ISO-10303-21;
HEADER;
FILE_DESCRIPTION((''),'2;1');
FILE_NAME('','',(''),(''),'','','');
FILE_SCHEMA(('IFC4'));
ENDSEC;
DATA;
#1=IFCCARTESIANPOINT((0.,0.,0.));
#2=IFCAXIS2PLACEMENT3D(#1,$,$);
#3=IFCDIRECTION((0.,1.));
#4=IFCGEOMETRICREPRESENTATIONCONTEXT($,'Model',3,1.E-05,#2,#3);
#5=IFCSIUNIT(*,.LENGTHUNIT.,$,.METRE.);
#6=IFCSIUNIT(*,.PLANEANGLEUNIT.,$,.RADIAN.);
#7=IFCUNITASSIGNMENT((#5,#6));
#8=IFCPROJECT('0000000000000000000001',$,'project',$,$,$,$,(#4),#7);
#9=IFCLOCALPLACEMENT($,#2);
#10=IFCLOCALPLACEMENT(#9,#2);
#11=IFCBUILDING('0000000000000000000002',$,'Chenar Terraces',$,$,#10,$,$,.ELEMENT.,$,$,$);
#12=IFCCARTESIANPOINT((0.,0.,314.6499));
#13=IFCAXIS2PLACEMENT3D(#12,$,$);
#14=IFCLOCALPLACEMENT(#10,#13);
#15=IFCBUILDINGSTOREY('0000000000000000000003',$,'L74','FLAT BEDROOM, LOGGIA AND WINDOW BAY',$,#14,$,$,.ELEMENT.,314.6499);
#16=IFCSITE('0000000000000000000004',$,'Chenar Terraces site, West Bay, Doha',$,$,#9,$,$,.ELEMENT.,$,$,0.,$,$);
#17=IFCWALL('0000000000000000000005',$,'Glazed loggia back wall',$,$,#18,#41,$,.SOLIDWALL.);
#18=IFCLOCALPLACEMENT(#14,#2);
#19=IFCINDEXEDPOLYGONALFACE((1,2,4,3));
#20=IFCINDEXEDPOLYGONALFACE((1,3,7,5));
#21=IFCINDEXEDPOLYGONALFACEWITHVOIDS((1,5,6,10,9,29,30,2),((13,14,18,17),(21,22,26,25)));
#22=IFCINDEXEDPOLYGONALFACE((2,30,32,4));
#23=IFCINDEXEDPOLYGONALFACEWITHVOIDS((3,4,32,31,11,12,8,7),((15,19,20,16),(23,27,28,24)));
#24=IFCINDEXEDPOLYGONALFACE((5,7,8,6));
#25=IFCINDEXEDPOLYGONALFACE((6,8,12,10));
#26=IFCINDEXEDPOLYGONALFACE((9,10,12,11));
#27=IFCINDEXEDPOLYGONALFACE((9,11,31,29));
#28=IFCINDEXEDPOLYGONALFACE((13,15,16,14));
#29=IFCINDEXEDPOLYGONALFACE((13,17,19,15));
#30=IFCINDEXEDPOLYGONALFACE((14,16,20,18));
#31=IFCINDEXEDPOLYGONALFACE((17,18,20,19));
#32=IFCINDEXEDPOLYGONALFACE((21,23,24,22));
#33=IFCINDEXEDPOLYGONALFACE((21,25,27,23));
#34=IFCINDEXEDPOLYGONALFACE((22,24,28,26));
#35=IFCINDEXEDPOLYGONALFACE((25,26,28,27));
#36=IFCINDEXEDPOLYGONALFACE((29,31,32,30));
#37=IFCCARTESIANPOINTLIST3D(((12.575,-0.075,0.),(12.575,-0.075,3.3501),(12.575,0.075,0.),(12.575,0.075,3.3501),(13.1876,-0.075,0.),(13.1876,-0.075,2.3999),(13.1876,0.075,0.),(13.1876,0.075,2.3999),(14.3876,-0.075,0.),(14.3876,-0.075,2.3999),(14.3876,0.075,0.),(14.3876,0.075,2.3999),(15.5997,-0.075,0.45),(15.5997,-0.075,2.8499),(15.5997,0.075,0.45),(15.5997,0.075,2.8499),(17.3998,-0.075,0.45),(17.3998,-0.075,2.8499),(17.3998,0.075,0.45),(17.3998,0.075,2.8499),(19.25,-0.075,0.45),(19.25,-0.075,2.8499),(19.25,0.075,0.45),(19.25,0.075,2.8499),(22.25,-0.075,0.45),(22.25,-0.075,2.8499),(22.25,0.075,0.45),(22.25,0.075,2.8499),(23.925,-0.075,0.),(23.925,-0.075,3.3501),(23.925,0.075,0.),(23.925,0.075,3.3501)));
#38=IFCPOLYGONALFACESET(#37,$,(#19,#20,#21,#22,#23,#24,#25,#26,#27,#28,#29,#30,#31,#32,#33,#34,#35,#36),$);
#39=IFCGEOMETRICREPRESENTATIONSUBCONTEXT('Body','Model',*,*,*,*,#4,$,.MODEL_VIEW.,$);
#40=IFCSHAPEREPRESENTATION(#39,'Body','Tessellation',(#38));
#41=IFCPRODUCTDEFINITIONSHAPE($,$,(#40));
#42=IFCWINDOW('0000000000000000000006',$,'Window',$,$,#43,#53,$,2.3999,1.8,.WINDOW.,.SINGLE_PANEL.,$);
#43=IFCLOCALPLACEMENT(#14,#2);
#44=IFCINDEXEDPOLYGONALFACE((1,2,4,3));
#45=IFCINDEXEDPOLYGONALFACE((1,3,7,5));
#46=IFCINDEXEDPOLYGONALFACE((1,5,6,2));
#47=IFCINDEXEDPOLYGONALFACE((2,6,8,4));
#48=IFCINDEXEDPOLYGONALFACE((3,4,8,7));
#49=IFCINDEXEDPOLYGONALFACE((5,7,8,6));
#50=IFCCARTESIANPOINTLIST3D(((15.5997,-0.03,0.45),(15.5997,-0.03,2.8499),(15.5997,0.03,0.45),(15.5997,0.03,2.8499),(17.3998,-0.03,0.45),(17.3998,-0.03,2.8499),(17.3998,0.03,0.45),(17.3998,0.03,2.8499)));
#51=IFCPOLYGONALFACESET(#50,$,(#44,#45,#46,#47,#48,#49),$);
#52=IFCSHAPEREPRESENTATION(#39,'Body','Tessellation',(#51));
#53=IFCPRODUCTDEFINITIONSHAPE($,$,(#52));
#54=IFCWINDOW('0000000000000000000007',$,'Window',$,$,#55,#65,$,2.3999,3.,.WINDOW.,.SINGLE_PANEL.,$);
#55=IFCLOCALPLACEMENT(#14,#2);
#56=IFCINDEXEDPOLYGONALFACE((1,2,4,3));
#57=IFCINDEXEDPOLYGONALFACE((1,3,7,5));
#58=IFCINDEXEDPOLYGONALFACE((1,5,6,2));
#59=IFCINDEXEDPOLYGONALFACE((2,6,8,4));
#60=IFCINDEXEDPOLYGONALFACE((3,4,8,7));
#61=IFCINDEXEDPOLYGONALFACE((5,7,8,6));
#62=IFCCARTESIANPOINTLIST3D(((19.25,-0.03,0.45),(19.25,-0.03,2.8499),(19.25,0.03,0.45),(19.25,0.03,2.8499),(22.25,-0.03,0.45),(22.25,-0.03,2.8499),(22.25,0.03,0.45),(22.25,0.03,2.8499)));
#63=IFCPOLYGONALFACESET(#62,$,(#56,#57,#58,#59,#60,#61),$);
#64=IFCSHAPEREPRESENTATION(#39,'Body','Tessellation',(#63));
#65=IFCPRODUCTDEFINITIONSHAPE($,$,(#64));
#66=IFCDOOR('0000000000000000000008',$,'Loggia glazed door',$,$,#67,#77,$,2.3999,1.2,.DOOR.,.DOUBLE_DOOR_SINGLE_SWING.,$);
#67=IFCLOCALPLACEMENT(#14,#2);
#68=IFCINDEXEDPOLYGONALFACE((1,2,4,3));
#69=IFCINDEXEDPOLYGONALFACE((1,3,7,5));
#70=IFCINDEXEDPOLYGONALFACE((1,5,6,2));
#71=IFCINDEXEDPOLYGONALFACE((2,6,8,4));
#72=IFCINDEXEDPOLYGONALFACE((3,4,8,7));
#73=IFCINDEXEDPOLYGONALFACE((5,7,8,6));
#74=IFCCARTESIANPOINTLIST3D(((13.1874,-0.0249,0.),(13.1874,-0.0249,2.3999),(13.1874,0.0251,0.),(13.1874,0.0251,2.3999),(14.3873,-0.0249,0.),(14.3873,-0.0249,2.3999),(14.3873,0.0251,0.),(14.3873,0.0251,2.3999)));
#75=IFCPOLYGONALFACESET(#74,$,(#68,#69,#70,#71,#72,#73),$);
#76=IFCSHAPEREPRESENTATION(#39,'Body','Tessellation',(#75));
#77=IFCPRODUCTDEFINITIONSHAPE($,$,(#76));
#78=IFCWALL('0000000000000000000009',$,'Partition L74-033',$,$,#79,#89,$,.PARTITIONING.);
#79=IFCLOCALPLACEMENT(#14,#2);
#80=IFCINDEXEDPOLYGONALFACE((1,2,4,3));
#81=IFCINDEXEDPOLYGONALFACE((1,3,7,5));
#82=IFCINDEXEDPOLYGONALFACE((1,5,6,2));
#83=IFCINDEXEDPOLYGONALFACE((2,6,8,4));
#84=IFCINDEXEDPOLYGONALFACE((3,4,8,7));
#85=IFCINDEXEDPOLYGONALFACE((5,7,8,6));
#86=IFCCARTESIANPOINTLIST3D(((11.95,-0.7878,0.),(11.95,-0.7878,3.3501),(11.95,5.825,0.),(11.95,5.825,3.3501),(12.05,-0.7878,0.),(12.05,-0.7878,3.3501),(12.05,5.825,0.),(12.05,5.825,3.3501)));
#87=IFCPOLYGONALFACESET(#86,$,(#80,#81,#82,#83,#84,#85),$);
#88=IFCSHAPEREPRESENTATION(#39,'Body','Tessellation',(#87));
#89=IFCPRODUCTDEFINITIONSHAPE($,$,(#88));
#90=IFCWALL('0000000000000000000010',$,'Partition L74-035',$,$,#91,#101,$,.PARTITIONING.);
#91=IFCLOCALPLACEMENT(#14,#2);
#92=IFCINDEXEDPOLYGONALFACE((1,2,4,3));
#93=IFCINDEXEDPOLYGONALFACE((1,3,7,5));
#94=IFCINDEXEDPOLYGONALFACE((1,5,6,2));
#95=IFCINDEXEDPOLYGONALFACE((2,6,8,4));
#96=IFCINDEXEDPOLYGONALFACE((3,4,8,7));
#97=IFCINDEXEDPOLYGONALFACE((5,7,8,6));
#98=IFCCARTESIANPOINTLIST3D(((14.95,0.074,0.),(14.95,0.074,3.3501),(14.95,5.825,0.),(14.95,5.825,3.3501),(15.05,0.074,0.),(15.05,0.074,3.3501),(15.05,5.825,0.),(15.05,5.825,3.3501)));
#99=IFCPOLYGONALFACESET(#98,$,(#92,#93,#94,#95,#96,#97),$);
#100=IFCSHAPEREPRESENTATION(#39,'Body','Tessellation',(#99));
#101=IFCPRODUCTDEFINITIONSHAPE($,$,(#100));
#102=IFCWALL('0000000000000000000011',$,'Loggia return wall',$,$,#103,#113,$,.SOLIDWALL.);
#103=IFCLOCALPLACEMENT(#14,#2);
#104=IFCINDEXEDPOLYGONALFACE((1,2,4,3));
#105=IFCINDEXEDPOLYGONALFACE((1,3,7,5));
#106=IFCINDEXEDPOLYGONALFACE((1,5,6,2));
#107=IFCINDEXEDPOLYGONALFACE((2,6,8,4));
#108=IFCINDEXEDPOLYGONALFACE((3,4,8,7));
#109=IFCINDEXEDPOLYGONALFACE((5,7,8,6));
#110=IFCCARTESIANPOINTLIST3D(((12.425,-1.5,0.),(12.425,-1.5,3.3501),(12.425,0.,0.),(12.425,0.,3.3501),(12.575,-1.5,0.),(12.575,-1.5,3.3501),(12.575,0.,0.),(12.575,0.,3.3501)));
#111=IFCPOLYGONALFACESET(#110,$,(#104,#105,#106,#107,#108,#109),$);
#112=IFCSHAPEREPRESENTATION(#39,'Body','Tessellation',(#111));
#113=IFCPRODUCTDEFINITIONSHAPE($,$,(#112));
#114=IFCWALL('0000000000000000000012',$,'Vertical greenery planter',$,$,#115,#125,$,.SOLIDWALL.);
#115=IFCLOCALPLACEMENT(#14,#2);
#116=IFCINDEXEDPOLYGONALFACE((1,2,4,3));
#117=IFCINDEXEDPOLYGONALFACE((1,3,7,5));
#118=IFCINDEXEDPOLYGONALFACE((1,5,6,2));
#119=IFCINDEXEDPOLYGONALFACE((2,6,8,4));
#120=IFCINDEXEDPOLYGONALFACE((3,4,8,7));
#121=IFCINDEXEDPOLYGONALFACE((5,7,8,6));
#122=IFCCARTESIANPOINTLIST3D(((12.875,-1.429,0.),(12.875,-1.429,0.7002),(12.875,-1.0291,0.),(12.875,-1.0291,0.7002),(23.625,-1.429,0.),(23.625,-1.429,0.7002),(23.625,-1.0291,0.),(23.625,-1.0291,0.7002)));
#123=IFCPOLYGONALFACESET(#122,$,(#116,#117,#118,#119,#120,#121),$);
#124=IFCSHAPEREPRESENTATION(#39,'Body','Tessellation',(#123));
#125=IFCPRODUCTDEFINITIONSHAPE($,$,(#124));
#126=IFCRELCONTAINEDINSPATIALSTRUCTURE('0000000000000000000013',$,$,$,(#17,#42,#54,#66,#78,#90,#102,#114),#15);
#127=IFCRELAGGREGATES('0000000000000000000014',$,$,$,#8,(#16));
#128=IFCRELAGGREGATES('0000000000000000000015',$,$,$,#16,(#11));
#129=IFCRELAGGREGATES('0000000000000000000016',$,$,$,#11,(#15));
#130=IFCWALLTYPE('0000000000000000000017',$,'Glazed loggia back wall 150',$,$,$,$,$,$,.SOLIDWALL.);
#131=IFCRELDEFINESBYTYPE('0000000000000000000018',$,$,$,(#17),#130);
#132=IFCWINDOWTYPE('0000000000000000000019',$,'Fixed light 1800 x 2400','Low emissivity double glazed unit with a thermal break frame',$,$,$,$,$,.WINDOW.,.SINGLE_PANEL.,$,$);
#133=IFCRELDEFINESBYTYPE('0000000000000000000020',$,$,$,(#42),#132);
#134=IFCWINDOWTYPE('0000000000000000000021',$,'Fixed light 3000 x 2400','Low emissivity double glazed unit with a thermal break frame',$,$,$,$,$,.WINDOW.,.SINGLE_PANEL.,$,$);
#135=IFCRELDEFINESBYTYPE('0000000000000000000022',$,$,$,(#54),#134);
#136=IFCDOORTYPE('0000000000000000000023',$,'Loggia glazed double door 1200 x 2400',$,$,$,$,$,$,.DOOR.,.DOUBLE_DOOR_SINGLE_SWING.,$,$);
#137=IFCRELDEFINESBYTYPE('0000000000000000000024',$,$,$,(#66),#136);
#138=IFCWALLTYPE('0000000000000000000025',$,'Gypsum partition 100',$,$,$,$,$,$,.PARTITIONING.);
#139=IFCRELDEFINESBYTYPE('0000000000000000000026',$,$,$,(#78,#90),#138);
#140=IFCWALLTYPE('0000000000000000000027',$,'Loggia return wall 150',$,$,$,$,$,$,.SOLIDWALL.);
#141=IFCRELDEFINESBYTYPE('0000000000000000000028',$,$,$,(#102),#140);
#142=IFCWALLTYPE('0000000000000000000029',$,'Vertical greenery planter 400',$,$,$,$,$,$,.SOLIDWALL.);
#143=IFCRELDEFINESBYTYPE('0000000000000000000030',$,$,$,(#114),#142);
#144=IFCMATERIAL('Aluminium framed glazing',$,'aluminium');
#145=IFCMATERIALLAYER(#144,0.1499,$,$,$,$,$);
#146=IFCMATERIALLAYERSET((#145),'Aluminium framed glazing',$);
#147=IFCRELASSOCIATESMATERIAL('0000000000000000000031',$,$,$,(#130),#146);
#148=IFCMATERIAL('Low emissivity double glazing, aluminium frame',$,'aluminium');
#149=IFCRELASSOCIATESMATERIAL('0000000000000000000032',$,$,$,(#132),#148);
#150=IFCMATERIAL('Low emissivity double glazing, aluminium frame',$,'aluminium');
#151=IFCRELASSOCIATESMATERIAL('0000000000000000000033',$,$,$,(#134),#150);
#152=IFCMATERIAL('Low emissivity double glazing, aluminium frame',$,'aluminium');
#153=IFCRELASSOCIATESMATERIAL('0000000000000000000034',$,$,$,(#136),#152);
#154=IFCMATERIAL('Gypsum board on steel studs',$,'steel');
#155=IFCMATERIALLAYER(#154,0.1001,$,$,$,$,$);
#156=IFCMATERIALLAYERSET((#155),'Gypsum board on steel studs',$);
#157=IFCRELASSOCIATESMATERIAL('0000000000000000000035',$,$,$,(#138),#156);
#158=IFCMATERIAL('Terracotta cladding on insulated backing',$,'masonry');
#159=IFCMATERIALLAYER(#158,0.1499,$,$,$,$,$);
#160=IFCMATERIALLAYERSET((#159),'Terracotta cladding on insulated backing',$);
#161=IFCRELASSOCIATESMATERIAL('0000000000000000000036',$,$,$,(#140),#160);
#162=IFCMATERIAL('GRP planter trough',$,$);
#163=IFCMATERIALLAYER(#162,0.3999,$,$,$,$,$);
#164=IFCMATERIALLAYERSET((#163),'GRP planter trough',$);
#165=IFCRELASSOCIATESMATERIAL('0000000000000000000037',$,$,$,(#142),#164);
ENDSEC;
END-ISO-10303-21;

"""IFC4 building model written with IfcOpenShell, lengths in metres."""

from ifc_helpers import new_model, si_unit, direction, frame, frame_2d, origin, place, context, subcontext, project, spatial, rectangle, extrude, material, layer, layer_set, type_object, element, fill, save


model = new_model("IFC4")

# Units and contexts
model_context = context("Model", 3, precision=1e-05, world=origin(), true_north=direction((0.0, 1.0)))
body_context = subcontext(model_context, "Body", "Model", "MODEL_VIEW")
ifc_project = project(units=[si_unit("LENGTHUNIT", "METRE"), si_unit("PLANEANGLEUNIT", "RADIAN")], contexts=[model_context])

# Site, building, storey
site_placement = place(None, origin())
site = spatial("IfcSite", under=ifc_project, at=site_placement, Name="Chenar Terraces site, West Bay, Doha", CompositionType="ELEMENT", RefElevation=0.0)
building_placement = place(site_placement, origin())
building = spatial("IfcBuilding", under=site, at=building_placement, Name="Chenar Terraces", CompositionType="ELEMENT")
storey_placement = place(building_placement, frame((0.0, 0.0, 314.6499)))
storey = spatial("IfcBuildingStorey", under=building, at=storey_placement, Name="L74", Description="FLAT BEDROOM, LOGGIA AND WINDOW BAY", CompositionType="ELEMENT", Elevation=314.6499)

# Wall, openings, windows, door
ifc_material_1 = material(Name="Aluminium framed glazing", Category="aluminium")
ifc_layer_1 = layer(ifc_material_1, 0.1499)
ifc_layer_set_1 = layer_set([ifc_layer_1], Name="Aluminium framed glazing")
wall_type_1 = type_object("IfcWallType", Name="Glazed loggia back wall 150", PredefinedType="SOLIDWALL", material=ifc_layer_set_1)
wall_1_placement = place(storey_placement, frame((12.575, 0.0, 0.0), z_axis=(0.0, 0.0, 1.0), x_axis=(1.0, 0.0, 0.0)))
wall_1 = element("IfcWall", 1, at=wall_1_placement, inside=storey, type_object=wall_type_1, Name="Glazed loggia back wall", PredefinedType="SOLIDWALL", context=body_context, shape_type="SweptSolid", body=[
    extrude(rectangle(XDim=11.3501, YDim=0.1499, at=frame_2d((5.675, 0.0))), origin(), (0.0, 0.0, 1.0), 3.3501),
])
opening_1_placement = place(wall_1_placement, frame((0.6125, 0.0, 0.0)))
opening_1 = element("IfcOpeningElement", 2, at=opening_1_placement, cuts=wall_1, PredefinedType="OPENING", context=body_context, shape_type="SweptSolid", body=[
    extrude(rectangle(XDim=1.2, YDim=2.3999, at=frame_2d((0.6001, 1.2))), frame((0.0, 0.085, 0.0), z_axis=(0.0, -1.0, 0.0), x_axis=(1.0, 0.0, 0.0)), (0.0, 0.0, 1.0), 0.1699),
])
opening_2_placement = place(wall_1_placement, frame((3.0249, 0.0, 0.45)))
opening_2 = element("IfcOpeningElement", 3, at=opening_2_placement, cuts=wall_1, PredefinedType="OPENING", context=body_context, shape_type="SweptSolid", body=[
    extrude(rectangle(XDim=1.8, YDim=2.3999, at=frame_2d((0.8999, 1.2))), frame((0.0, 0.085, 0.0), z_axis=(0.0, -1.0, 0.0), x_axis=(1.0, 0.0, 0.0)), (0.0, 0.0, 1.0), 0.1699),
])
opening_3_placement = place(wall_1_placement, frame((6.675, 0.0, 0.45)))
opening_3 = element("IfcOpeningElement", 4, at=opening_3_placement, cuts=wall_1, PredefinedType="OPENING", context=body_context, shape_type="SweptSolid", body=[
    extrude(rectangle(XDim=3.0, YDim=2.3999, at=frame_2d((1.5, 1.2))), frame((0.0, 0.085, 0.0), z_axis=(0.0, -1.0, 0.0), x_axis=(1.0, 0.0, 0.0)), (0.0, 0.0, 1.0), 0.1699),
])
ifc_material_2 = material(Name="Low emissivity double glazing, aluminium frame", Category="aluminium")
window_type_1 = type_object("IfcWindowType", Name="Fixed light 1800 x 2400", Description="Low emissivity double glazed unit with a thermal break frame", PartitioningType="SINGLE_PANEL", PredefinedType="WINDOW", material=ifc_material_2)
window_1_placement = place(opening_2_placement, origin())
window_1 = element("IfcWindow", 5, at=window_1_placement, inside=storey, type_object=window_type_1, Name="Window", OverallHeight=2.3999, OverallWidth=1.8, PartitioningType="SINGLE_PANEL", PredefinedType="WINDOW", context=body_context, shape_type="SweptSolid", body=[
    extrude(rectangle(XDim=1.8, YDim=2.3999, at=frame_2d((0.8999, 1.2))), frame((0.0, 0.03, 0.0), z_axis=(0.0, -1.0, 0.0), x_axis=(1.0, 0.0, 0.0)), (0.0, 0.0, 1.0), 0.0601),
])
fill(opening_2, window_1)
ifc_material_3 = material(Name="Low emissivity double glazing, aluminium frame", Category="aluminium")
window_type_2 = type_object("IfcWindowType", Name="Fixed light 3000 x 2400", Description="Low emissivity double glazed unit with a thermal break frame", PartitioningType="SINGLE_PANEL", PredefinedType="WINDOW", material=ifc_material_3)
window_2_placement = place(opening_3_placement, origin())
window_2 = element("IfcWindow", 6, at=window_2_placement, inside=storey, type_object=window_type_2, Name="Window", OverallHeight=2.3999, OverallWidth=3.0, PartitioningType="SINGLE_PANEL", PredefinedType="WINDOW", context=body_context, shape_type="SweptSolid", body=[
    extrude(rectangle(XDim=3.0, YDim=2.3999, at=frame_2d((1.5, 1.2))), frame((0.0, 0.03, 0.0), z_axis=(0.0, -1.0, 0.0), x_axis=(1.0, 0.0, 0.0)), (0.0, 0.0, 1.0), 0.0601),
])
fill(opening_3, window_2)
ifc_material_4 = material(Name="Low emissivity double glazing, aluminium frame", Category="aluminium")
door_type_1 = type_object("IfcDoorType", Name="Loggia glazed double door 1200 x 2400", OperationType="DOUBLE_DOOR_SINGLE_SWING", PredefinedType="DOOR", material=ifc_material_4)
door_1_placement = place(opening_1_placement, frame((1.2, 0.0, 0.0), z_axis=(0.0, 0.0, 1.0), x_axis=(-1.0, 0.0, 0.0)))
door_1 = element("IfcDoor", 7, at=door_1_placement, inside=storey, type_object=door_type_1, Name="Loggia glazed door", OperationType="DOUBLE_DOOR_SINGLE_SWING", OverallHeight=2.3999, OverallWidth=1.2, PredefinedType="DOOR", context=body_context, shape_type="SweptSolid", body=[
    extrude(rectangle(XDim=1.2, YDim=2.3999, at=frame_2d((0.6001, 1.2))), frame((0.0, 0.0249, 0.0), z_axis=(0.0, -1.0, 0.0), x_axis=(1.0, 0.0, 0.0)), (0.0, 0.0, 1.0), 0.05),
])
fill(opening_1, door_1)

# Walls
ifc_material_5 = material(Name="Gypsum board on steel studs", Category="steel")
ifc_layer_2 = layer(ifc_material_5, 0.1001)
ifc_layer_set_2 = layer_set([ifc_layer_2], Name="Gypsum board on steel studs")
wall_type_2 = type_object("IfcWallType", Name="Gypsum partition 100", PredefinedType="PARTITIONING", material=ifc_layer_set_2)
wall_2_placement = place(storey_placement, frame((12.0, -0.7878, 0.0), z_axis=(0.0, 0.0, 1.0), x_axis=(0.0, 1.0, 0.0)))
element("IfcWall", 8, at=wall_2_placement, inside=storey, type_object=wall_type_2, Name="Partition L74-033", PredefinedType="PARTITIONING", context=body_context, shape_type="SweptSolid", body=[
    extrude(rectangle(XDim=6.6128, YDim=0.1001, at=frame_2d((3.3064, 0.0))), origin(), (0.0, 0.0, 1.0), 3.3501),
])
wall_3_placement = place(storey_placement, frame((15.0, 0.074, 0.0), z_axis=(0.0, 0.0, 1.0), x_axis=(0.0, 1.0, 0.0)))
element("IfcWall", 9, at=wall_3_placement, inside=storey, type_object=wall_type_2, Name="Partition L74-035", PredefinedType="PARTITIONING", context=body_context, shape_type="SweptSolid", body=[
    extrude(rectangle(XDim=5.751, YDim=0.1001, at=frame_2d((2.8755, 0.0))), origin(), (0.0, 0.0, 1.0), 3.3501),
])
ifc_material_6 = material(Name="Terracotta cladding on insulated backing", Category="masonry")
ifc_layer_3 = layer(ifc_material_6, 0.1499)
ifc_layer_set_3 = layer_set([ifc_layer_3], Name="Terracotta cladding on insulated backing")
wall_type_3 = type_object("IfcWallType", Name="Loggia return wall 150", PredefinedType="SOLIDWALL", material=ifc_layer_set_3)
wall_4_placement = place(storey_placement, frame((12.5, -1.5, 0.0), z_axis=(0.0, 0.0, 1.0), x_axis=(0.0, 1.0, 0.0)))
element("IfcWall", 10, at=wall_4_placement, inside=storey, type_object=wall_type_3, Name="Loggia return wall", PredefinedType="SOLIDWALL", context=body_context, shape_type="SweptSolid", body=[
    extrude(rectangle(XDim=1.5, YDim=0.1499, at=frame_2d((0.75, 0.0))), origin(), (0.0, 0.0, 1.0), 3.3501),
])
ifc_material_7 = material(Name="GRP planter trough")
ifc_layer_4 = layer(ifc_material_7, 0.3999)
ifc_layer_set_4 = layer_set([ifc_layer_4], Name="GRP planter trough")
wall_type_4 = type_object("IfcWallType", Name="Vertical greenery planter 400", PredefinedType="SOLIDWALL", material=ifc_layer_set_4)
wall_5_placement = place(storey_placement, frame((12.875, -1.229, 0.0), z_axis=(0.0, 0.0, 1.0), x_axis=(1.0, 0.0, 0.0)))
element("IfcWall", 11, at=wall_5_placement, inside=storey, type_object=wall_type_4, Name="Vertical greenery planter", PredefinedType="SOLIDWALL", context=body_context, shape_type="SweptSolid", body=[
    extrude(rectangle(XDim=10.75, YDim=0.3999, at=frame_2d((5.375, 0.0))), origin(), (0.0, 0.0, 1.0), 0.7002),
])

save(model, "model.ifc")
